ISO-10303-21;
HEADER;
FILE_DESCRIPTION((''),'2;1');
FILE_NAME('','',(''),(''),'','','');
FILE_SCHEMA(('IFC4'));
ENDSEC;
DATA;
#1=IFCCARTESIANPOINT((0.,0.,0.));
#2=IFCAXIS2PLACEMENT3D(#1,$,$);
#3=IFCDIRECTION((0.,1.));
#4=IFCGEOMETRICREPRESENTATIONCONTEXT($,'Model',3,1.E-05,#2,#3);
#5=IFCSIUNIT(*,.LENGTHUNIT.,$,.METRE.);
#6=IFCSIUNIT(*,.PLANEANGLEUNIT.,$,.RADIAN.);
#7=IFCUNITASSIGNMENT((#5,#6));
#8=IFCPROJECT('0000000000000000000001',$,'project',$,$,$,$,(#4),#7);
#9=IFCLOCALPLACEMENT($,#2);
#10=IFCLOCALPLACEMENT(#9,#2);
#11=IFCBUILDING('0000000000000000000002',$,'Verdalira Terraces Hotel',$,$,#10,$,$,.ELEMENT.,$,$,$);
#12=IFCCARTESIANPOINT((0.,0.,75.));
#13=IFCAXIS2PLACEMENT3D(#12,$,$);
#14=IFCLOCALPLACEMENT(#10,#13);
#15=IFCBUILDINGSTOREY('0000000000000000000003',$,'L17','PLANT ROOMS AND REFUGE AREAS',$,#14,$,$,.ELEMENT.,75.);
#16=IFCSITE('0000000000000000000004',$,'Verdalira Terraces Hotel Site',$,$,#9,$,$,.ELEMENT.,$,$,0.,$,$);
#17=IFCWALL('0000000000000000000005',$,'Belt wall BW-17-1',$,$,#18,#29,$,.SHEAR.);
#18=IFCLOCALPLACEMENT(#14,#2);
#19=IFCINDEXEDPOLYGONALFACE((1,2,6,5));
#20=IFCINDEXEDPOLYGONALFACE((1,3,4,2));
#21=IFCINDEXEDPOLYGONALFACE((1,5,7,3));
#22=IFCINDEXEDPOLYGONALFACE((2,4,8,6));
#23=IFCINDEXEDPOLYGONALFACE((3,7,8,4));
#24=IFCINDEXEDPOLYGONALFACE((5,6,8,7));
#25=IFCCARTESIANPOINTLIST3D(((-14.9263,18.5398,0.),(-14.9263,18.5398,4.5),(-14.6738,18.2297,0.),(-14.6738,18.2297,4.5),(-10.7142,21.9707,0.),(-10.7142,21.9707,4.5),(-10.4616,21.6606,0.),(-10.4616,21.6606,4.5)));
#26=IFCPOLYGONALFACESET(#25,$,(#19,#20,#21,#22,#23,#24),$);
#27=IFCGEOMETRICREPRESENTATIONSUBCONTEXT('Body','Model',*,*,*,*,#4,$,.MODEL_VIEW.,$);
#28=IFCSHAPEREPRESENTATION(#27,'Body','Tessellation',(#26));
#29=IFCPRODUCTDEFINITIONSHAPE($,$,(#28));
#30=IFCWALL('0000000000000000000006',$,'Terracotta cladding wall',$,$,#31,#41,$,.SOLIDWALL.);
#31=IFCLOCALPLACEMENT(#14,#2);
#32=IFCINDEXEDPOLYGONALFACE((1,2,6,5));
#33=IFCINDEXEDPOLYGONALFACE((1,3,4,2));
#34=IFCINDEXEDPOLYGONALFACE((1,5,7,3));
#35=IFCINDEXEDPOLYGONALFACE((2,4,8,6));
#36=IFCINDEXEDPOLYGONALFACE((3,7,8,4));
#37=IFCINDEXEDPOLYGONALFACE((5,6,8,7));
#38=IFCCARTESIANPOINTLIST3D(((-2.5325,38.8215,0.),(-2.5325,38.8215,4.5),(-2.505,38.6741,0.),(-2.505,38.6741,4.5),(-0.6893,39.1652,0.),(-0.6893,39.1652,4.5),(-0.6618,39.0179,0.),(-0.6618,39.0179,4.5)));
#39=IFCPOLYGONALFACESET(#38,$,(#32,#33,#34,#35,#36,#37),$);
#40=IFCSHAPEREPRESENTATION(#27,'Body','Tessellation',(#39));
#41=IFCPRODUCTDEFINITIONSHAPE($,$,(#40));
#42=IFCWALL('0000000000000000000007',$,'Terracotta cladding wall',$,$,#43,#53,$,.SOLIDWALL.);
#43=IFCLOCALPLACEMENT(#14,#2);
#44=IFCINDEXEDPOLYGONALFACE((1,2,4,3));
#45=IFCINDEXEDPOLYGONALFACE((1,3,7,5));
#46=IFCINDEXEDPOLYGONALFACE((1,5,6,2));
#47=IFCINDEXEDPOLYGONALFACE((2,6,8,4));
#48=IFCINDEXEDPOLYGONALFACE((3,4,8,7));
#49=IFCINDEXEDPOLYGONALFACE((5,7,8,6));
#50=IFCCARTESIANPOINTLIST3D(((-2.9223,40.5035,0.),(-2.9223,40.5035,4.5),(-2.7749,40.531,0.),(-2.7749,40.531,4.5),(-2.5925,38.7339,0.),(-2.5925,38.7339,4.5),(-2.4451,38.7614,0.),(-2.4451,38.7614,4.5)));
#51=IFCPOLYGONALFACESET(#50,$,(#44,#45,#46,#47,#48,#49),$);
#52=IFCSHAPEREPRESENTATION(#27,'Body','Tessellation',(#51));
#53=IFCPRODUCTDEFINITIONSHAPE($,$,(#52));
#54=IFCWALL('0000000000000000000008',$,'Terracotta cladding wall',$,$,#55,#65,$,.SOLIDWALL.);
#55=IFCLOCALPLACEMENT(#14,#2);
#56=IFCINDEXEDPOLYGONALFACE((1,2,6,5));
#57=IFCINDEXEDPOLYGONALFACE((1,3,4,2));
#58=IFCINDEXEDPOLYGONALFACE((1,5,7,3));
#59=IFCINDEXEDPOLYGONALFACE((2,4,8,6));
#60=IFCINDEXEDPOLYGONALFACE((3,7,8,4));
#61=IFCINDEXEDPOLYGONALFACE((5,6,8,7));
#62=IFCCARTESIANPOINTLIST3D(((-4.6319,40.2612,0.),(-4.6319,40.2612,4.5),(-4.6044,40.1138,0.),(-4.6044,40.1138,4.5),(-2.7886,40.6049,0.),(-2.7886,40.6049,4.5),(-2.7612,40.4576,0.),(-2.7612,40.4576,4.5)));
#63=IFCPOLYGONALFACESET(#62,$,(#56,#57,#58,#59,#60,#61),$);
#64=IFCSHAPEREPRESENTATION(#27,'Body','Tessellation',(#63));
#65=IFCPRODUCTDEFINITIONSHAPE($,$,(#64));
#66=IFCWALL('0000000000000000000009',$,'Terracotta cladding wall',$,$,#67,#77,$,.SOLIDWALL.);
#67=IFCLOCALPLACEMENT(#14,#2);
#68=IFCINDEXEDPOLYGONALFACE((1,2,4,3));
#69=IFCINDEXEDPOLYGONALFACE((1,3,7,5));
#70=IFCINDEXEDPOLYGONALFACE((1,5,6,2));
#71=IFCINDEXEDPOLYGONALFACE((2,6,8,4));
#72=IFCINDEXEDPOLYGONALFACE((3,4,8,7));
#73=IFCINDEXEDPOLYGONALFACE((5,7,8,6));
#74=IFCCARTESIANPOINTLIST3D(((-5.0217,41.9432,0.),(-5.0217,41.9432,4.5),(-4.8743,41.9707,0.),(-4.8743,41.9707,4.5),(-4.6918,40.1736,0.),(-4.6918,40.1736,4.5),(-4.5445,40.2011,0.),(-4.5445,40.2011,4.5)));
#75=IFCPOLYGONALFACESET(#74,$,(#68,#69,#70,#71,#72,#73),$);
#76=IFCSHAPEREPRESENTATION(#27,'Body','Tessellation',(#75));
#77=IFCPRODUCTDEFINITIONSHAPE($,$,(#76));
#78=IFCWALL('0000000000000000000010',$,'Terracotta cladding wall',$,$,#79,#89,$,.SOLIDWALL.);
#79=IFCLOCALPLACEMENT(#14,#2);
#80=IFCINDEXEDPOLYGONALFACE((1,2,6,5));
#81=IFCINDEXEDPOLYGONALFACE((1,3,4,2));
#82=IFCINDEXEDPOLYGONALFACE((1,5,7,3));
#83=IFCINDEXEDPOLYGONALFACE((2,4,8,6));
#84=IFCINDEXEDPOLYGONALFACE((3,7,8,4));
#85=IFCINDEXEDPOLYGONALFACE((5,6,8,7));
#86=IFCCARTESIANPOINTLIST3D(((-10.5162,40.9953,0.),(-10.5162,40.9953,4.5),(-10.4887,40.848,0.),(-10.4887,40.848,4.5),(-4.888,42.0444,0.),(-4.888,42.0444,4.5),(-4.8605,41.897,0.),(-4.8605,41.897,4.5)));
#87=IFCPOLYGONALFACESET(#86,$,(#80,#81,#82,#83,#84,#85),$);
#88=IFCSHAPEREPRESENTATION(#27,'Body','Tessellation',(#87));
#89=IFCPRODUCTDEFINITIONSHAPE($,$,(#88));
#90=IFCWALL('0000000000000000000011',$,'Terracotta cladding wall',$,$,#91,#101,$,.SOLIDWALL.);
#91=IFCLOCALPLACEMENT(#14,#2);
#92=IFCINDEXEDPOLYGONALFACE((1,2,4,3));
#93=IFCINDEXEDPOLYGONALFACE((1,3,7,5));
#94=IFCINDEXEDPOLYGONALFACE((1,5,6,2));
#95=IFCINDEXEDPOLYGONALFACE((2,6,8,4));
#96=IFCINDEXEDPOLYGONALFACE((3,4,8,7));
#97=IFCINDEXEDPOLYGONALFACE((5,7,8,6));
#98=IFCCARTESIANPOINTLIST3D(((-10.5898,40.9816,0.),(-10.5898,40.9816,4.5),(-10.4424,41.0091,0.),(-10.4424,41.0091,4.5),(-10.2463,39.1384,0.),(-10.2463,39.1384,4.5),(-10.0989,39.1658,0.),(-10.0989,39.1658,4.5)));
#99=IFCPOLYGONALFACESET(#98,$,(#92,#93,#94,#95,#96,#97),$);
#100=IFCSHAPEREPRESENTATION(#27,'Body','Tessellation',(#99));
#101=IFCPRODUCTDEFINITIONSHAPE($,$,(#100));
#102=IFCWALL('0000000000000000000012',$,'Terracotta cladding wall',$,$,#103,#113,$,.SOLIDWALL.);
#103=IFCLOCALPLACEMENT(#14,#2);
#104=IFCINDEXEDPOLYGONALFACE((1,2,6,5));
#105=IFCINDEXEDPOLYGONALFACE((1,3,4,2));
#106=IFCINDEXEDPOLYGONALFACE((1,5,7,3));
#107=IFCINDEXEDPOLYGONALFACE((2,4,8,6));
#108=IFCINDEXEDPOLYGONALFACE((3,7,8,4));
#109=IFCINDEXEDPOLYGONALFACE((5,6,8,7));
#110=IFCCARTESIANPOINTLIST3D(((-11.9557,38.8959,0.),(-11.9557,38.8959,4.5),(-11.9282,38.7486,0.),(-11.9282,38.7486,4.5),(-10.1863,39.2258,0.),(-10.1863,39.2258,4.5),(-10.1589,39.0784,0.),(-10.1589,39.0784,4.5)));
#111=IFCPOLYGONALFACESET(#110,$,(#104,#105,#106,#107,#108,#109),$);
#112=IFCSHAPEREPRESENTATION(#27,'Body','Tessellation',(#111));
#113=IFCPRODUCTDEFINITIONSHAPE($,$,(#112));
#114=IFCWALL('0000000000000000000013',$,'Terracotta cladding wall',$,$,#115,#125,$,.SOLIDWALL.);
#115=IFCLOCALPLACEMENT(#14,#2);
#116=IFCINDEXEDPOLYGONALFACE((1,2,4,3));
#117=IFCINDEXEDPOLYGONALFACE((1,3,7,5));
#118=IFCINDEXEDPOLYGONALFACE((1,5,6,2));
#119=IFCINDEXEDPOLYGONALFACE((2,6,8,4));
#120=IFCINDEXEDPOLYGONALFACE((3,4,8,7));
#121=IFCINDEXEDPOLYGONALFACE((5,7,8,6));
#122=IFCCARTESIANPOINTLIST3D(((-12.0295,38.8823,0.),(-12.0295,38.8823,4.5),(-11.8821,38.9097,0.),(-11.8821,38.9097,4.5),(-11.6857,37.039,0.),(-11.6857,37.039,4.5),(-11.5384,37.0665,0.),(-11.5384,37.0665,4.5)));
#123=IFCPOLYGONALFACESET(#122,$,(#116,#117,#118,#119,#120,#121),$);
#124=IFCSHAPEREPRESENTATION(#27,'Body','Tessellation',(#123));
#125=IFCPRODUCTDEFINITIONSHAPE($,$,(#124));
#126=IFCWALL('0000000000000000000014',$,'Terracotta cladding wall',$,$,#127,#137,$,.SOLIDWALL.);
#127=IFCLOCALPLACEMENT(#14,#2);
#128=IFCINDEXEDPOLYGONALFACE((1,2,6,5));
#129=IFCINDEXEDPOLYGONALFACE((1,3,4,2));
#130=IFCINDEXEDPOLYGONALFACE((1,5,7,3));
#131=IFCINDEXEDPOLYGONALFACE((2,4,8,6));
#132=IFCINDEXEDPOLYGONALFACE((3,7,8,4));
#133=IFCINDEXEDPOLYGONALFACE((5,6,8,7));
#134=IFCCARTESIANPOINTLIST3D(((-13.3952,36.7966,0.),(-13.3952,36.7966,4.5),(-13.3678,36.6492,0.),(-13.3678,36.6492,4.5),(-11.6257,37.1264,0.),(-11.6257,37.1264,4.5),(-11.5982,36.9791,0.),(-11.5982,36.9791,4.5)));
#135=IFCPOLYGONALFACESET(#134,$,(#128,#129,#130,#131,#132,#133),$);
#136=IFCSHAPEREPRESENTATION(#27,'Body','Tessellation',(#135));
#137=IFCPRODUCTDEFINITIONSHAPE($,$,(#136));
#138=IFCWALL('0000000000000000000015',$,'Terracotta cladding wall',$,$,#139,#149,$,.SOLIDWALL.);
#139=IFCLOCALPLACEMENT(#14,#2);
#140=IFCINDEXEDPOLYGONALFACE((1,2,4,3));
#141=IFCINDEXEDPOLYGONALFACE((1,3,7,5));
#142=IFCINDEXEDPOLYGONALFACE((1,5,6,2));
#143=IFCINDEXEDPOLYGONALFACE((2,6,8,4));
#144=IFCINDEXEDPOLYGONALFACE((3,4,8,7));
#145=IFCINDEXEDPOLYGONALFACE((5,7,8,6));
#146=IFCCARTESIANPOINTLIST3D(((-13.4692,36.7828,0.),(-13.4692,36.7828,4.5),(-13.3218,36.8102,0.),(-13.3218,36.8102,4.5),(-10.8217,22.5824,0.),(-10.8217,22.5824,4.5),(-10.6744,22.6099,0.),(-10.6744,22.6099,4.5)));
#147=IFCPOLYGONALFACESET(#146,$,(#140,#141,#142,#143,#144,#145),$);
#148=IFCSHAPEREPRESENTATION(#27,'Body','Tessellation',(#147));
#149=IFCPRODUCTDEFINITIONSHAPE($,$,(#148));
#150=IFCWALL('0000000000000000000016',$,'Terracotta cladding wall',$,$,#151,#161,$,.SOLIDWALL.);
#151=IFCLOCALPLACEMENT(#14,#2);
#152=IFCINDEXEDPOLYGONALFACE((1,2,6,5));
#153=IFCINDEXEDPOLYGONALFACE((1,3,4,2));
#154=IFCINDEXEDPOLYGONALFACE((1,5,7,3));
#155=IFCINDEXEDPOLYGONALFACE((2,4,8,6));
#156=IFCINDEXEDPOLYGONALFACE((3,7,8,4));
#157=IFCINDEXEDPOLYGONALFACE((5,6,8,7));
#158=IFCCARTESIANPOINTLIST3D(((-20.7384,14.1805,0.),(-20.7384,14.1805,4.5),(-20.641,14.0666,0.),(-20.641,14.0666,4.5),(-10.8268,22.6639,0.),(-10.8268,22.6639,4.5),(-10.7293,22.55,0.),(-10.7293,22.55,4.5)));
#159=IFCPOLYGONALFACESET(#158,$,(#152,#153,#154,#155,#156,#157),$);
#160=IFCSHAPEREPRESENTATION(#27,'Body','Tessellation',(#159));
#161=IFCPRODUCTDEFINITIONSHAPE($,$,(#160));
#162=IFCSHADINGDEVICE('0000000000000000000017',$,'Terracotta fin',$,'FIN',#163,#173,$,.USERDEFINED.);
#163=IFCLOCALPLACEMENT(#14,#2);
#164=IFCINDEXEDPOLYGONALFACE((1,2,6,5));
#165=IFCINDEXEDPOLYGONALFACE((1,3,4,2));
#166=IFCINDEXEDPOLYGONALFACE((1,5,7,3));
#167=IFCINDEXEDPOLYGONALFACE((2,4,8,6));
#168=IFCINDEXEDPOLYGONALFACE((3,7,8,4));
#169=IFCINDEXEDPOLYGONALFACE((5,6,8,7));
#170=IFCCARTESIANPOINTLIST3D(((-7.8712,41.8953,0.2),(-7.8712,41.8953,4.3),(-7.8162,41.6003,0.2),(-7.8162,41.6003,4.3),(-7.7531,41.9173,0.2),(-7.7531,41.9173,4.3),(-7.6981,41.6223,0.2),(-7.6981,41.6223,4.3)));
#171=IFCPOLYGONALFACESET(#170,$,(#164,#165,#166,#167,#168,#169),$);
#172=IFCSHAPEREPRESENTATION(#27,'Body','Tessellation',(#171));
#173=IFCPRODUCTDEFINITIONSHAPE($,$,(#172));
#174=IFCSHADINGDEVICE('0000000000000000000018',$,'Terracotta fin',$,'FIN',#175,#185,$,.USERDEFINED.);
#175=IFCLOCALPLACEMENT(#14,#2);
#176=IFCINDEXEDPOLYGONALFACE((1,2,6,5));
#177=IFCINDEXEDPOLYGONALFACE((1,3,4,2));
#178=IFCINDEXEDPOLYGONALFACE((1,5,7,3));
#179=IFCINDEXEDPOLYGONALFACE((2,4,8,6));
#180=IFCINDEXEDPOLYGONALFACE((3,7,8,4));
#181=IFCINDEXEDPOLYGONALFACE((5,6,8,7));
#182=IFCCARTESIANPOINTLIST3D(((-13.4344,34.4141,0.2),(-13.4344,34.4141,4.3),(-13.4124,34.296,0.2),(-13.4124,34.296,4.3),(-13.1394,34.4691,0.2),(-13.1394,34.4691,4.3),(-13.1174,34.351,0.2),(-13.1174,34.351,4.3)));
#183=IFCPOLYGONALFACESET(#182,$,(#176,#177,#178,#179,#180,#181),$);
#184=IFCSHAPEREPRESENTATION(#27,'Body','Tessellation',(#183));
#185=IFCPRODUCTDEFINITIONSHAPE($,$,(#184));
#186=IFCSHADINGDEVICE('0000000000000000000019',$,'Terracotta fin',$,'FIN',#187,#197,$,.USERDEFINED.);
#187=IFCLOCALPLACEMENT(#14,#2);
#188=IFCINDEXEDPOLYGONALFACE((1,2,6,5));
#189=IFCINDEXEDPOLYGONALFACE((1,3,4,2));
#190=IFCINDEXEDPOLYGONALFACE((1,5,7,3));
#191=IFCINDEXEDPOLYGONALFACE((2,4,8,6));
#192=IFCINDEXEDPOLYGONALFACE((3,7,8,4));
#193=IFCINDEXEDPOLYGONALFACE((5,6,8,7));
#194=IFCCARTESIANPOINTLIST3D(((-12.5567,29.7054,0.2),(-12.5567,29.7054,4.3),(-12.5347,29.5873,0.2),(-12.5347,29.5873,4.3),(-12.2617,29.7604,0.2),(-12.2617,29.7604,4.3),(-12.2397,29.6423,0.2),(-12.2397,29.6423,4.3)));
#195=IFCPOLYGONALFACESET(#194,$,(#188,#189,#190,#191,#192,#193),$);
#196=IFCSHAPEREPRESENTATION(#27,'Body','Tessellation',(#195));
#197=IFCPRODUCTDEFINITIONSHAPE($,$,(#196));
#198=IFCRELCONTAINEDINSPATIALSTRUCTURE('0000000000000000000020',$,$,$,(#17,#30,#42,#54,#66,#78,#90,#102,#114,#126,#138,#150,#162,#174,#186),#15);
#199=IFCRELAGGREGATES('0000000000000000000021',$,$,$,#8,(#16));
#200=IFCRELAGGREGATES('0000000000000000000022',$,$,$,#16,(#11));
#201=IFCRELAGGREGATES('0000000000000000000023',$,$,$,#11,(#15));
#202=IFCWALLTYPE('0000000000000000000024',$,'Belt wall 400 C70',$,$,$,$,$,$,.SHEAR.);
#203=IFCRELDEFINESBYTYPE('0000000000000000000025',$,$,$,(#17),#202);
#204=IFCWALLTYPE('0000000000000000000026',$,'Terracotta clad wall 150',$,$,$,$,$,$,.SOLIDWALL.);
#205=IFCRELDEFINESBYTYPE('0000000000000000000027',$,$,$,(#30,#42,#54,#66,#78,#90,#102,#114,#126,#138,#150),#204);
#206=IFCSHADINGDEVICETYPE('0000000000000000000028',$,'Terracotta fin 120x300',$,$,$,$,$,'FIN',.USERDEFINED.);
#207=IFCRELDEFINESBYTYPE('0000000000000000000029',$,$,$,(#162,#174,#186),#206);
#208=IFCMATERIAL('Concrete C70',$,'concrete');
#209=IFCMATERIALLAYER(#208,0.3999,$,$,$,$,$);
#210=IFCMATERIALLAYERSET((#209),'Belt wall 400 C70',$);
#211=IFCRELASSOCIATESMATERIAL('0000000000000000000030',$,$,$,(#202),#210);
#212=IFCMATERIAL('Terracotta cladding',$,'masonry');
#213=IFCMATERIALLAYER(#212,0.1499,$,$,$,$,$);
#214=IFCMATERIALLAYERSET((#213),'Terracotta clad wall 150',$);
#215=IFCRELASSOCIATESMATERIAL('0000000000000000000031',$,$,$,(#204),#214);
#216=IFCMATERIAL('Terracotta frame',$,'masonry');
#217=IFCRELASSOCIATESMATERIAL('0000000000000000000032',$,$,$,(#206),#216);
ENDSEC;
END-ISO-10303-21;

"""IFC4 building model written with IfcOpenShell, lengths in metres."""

from ifc_helpers import new_model, si_unit, direction, frame, frame_2d, origin, origin_2d, place, context, subcontext, project, spatial, rectangle, extrude, material, layer, layer_set, material_profile, profile_set, type_object, element, save


model = new_model("IFC4")

# Units and contexts
model_context = context("Model", 3, precision=1e-05, world=origin(), true_north=direction((0.0, 1.0)))
body_context = subcontext(model_context, "Body", "Model", "MODEL_VIEW")
ifc_project = project(units=[si_unit("LENGTHUNIT", "METRE"), si_unit("PLANEANGLEUNIT", "RADIAN")], contexts=[model_context])

# Site, building, storey
site_placement = place(None, origin())
site = spatial("IfcSite", under=ifc_project, at=site_placement, Name="Verdalira Terraces Hotel Site", CompositionType="ELEMENT", RefElevation=0.0)
building_placement = place(site_placement, origin())
building = spatial("IfcBuilding", under=site, at=building_placement, Name="Verdalira Terraces Hotel", CompositionType="ELEMENT")
storey_placement = place(building_placement, frame((0.0, 0.0, 75.0)))
storey = spatial("IfcBuildingStorey", under=building, at=storey_placement, Name="L17", Description="PLANT ROOMS AND REFUGE AREAS", CompositionType="ELEMENT", Elevation=75.0)

# Walls
ifc_material_1 = material(Name="Concrete C70", Category="concrete")
ifc_layer_1 = layer(ifc_material_1, 0.3999)
ifc_layer_set_1 = layer_set([ifc_layer_1], Name="Belt wall 400 C70")
wall_type_1 = type_object("IfcWallType", Name="Belt wall 400 C70", PredefinedType="SHEAR", material=ifc_layer_set_1)
wall_1_placement = place(storey_placement, frame((-10.5879, 21.8157, 0.0), z_axis=(0.0, 0.0, 1.0), x_axis=(-0.775345, -0.631538, 0.0)))
element("IfcWall", 1, at=wall_1_placement, inside=storey, type_object=wall_type_1, Name="Belt wall BW-17-1", PredefinedType="SHEAR", context=body_context, shape_type="SweptSolid", body=[
    extrude(rectangle(XDim=5.4326, YDim=0.3999, at=frame_2d((2.7163, 0.0))), origin(), (0.0, 0.0, 1.0), 4.5),
])
ifc_material_2 = material(Name="Terracotta cladding", Category="masonry")
ifc_layer_2 = layer(ifc_material_2, 0.1499)
ifc_layer_set_2 = layer_set([ifc_layer_2], Name="Terracotta clad wall 150")
wall_type_2 = type_object("IfcWallType", Name="Terracotta clad wall 150", PredefinedType="SOLIDWALL", material=ifc_layer_set_2)
wall_2_placement = place(storey_placement, frame((-0.6755, 39.0916, 0.0), z_axis=(0.0, 0.0, 1.0), x_axis=(-0.983052, -0.183329, 0.0)))
element("IfcWall", 2, at=wall_2_placement, inside=storey, type_object=wall_type_2, Name="Terracotta cladding wall", PredefinedType="SOLIDWALL", context=body_context, shape_type="SweptSolid", body=[
    extrude(rectangle(XDim=1.875, YDim=0.1499, at=frame_2d((0.9375, 0.0))), origin(), (0.0, 0.0, 1.0), 4.5),
])
wall_3_placement = place(storey_placement, frame((-2.5188, 38.7478, 0.0), z_axis=(0.0, 0.0, 1.0), x_axis=(-0.18324, 0.983068, 0.0)))
element("IfcWall", 3, at=wall_3_placement, inside=storey, type_object=wall_type_2, Name="Terracotta cladding wall", PredefinedType="SOLIDWALL", context=body_context, shape_type="SweptSolid", body=[
    extrude(rectangle(XDim=1.8, YDim=0.1499, at=frame_2d((0.8999, 0.0))), origin(), (0.0, 0.0, 1.0), 4.5),
])
wall_4_placement = place(storey_placement, frame((-2.7749, 40.5312, 0.0), z_axis=(0.0, 0.0, 1.0), x_axis=(-0.983052, -0.183329, 0.0)))
element("IfcWall", 4, at=wall_4_placement, inside=storey, type_object=wall_type_2, Name="Terracotta cladding wall", PredefinedType="SOLIDWALL", context=body_context, shape_type="SweptSolid", body=[
    extrude(rectangle(XDim=1.875, YDim=0.1499, at=frame_2d((0.9375, 0.0))), origin(), (0.0, 0.0, 1.0), 4.5),
])
wall_5_placement = place(storey_placement, frame((-4.6182, 40.1875, 0.0), z_axis=(0.0, 0.0, 1.0), x_axis=(-0.18324, 0.983068, 0.0)))
element("IfcWall", 5, at=wall_5_placement, inside=storey, type_object=wall_type_2, Name="Terracotta cladding wall", PredefinedType="SOLIDWALL", context=body_context, shape_type="SweptSolid", body=[
    extrude(rectangle(XDim=1.8, YDim=0.1499, at=frame_2d((0.8999, 0.0))), origin(), (0.0, 0.0, 1.0), 4.5),
])
wall_6_placement = place(storey_placement, frame((-4.8743, 41.9707, 0.0), z_axis=(0.0, 0.0, 1.0), x_axis=(-0.983068, -0.183241, 0.0)))
element("IfcWall", 6, at=wall_6_placement, inside=storey, type_object=wall_type_2, Name="Terracotta cladding wall", PredefinedType="SOLIDWALL", context=body_context, shape_type="SweptSolid", body=[
    extrude(rectangle(XDim=5.7251, YDim=0.1499, at=frame_2d((2.8625, 0.0))), origin(), (0.0, 0.0, 1.0), 4.5),
])
wall_7_placement = place(storey_placement, frame((-10.5161, 40.9954, 0.0), z_axis=(0.0, 0.0, 1.0), x_axis=(0.183204, -0.983075, 0.0)))
element("IfcWall", 7, at=wall_7_placement, inside=storey, type_object=wall_type_2, Name="Terracotta cladding wall", PredefinedType="SOLIDWALL", context=body_context, shape_type="SweptSolid", body=[
    extrude(rectangle(XDim=1.875, YDim=0.1499, at=frame_2d((0.9375, 0.0))), origin(), (0.0, 0.0, 1.0), 4.5),
])
wall_8_placement = place(storey_placement, frame((-10.1726, 39.1521, 0.0), z_axis=(0.0, 0.0, 1.0), x_axis=(-0.983064, -0.183265, 0.0)))
element("IfcWall", 8, at=wall_8_placement, inside=storey, type_object=wall_type_2, Name="Terracotta cladding wall", PredefinedType="SOLIDWALL", context=body_context, shape_type="SweptSolid", body=[
    extrude(rectangle(XDim=1.7998, YDim=0.1499, at=frame_2d((0.8999, 0.0))), origin(), (0.0, 0.0, 1.0), 4.5),
])
wall_9_placement = place(storey_placement, frame((-11.9558, 38.896, 0.0), z_axis=(0.0, 0.0, 1.0), x_axis=(0.183329, -0.983052, 0.0)))
element("IfcWall", 9, at=wall_9_placement, inside=storey, type_object=wall_type_2, Name="Terracotta cladding wall", PredefinedType="SOLIDWALL", context=body_context, shape_type="SweptSolid", body=[
    extrude(rectangle(XDim=1.875, YDim=0.1499, at=frame_2d((0.9375, 0.0))), origin(), (0.0, 0.0, 1.0), 4.5),
])
wall_10_placement = place(storey_placement, frame((-11.6121, 37.0527, 0.0), z_axis=(0.0, 0.0, 1.0), x_axis=(-0.983068, -0.18324, 0.0)))
element("IfcWall", 10, at=wall_10_placement, inside=storey, type_object=wall_type_2, Name="Terracotta cladding wall", PredefinedType="SOLIDWALL", context=body_context, shape_type="SweptSolid", body=[
    extrude(rectangle(XDim=1.8, YDim=0.1499, at=frame_2d((0.8999, 0.0))), origin(), (0.0, 0.0, 1.0), 4.5),
])
wall_11_placement = place(storey_placement, frame((-13.3955, 36.7966, 0.0), z_axis=(0.0, 0.0, 1.0), x_axis=(0.183277, -0.983061, 0.0)))
element("IfcWall", 11, at=wall_11_placement, inside=storey, type_object=wall_type_2, Name="Terracotta cladding wall", PredefinedType="SOLIDWALL", context=body_context, shape_type="SweptSolid", body=[
    extrude(rectangle(XDim=14.4451, YDim=0.1499, at=frame_2d((7.2227, 0.0))), origin(), (0.0, 0.0, 1.0), 4.5),
])
wall_12_placement = place(storey_placement, frame((-10.7781, 22.6069, 0.0), z_axis=(0.0, 0.0, 1.0), x_axis=(-0.759721, -0.650249, 0.0)))
element("IfcWall", 12, at=wall_12_placement, inside=storey, type_object=wall_type_2, Name="Terracotta cladding wall", PredefinedType="SOLIDWALL", context=body_context, shape_type="SweptSolid", body=[
    extrude(rectangle(XDim=13.0464, YDim=0.1499, at=frame_2d((6.5232, 0.0))), origin(), (0.0, 0.0, 1.0), 4.5),
])

# Shading devices
ifc_material_3 = material(Name="Terracotta frame", Category="masonry")
ifc_material_profile_1 = material_profile(ifc_material_3, rectangle(XDim=0.1201, YDim=0.3, at=origin_2d()), Name="FIN 120x300")
ifc_profile_set_1 = profile_set([ifc_material_profile_1], Name="Terracotta frame")
shading_device_type = type_object("IfcShadingDeviceType", Name="Terracotta fin 120x300", ElementType="FIN", PredefinedType="USERDEFINED", material=ifc_profile_set_1)
for number, where, z_axis, x_axis, name in (
    (13, (-7.7847, 41.7588, 0.2), (0.0, 0.0, 1.0), (-0.983064, -0.183265, 0.0), "Terracotta fin"),
    (14, (-13.2759, 34.3826, 0.2), (0.0, 0.0, 1.0), (0.183265, -0.983064, 0.0), "Terracotta fin"),
    (15, (-12.3982, 29.6738, 0.2), (0.0, 0.0, 1.0), (0.183265, -0.983064, 0.0), "Terracotta fin"),
):
    element("IfcShadingDevice", number, at=place(storey_placement, frame(where, z_axis=z_axis, x_axis=x_axis)), inside=storey, type_object=shading_device_type, Name=name, ObjectType="FIN", PredefinedType="USERDEFINED", context=body_context, shape_type="SweptSolid", body=[
        extrude(rectangle(XDim=0.1201, YDim=0.3, at=origin_2d()), origin(), (0.0, 0.0, 1.0), 4.1001),
    ])

save(model, "model.ifc")
